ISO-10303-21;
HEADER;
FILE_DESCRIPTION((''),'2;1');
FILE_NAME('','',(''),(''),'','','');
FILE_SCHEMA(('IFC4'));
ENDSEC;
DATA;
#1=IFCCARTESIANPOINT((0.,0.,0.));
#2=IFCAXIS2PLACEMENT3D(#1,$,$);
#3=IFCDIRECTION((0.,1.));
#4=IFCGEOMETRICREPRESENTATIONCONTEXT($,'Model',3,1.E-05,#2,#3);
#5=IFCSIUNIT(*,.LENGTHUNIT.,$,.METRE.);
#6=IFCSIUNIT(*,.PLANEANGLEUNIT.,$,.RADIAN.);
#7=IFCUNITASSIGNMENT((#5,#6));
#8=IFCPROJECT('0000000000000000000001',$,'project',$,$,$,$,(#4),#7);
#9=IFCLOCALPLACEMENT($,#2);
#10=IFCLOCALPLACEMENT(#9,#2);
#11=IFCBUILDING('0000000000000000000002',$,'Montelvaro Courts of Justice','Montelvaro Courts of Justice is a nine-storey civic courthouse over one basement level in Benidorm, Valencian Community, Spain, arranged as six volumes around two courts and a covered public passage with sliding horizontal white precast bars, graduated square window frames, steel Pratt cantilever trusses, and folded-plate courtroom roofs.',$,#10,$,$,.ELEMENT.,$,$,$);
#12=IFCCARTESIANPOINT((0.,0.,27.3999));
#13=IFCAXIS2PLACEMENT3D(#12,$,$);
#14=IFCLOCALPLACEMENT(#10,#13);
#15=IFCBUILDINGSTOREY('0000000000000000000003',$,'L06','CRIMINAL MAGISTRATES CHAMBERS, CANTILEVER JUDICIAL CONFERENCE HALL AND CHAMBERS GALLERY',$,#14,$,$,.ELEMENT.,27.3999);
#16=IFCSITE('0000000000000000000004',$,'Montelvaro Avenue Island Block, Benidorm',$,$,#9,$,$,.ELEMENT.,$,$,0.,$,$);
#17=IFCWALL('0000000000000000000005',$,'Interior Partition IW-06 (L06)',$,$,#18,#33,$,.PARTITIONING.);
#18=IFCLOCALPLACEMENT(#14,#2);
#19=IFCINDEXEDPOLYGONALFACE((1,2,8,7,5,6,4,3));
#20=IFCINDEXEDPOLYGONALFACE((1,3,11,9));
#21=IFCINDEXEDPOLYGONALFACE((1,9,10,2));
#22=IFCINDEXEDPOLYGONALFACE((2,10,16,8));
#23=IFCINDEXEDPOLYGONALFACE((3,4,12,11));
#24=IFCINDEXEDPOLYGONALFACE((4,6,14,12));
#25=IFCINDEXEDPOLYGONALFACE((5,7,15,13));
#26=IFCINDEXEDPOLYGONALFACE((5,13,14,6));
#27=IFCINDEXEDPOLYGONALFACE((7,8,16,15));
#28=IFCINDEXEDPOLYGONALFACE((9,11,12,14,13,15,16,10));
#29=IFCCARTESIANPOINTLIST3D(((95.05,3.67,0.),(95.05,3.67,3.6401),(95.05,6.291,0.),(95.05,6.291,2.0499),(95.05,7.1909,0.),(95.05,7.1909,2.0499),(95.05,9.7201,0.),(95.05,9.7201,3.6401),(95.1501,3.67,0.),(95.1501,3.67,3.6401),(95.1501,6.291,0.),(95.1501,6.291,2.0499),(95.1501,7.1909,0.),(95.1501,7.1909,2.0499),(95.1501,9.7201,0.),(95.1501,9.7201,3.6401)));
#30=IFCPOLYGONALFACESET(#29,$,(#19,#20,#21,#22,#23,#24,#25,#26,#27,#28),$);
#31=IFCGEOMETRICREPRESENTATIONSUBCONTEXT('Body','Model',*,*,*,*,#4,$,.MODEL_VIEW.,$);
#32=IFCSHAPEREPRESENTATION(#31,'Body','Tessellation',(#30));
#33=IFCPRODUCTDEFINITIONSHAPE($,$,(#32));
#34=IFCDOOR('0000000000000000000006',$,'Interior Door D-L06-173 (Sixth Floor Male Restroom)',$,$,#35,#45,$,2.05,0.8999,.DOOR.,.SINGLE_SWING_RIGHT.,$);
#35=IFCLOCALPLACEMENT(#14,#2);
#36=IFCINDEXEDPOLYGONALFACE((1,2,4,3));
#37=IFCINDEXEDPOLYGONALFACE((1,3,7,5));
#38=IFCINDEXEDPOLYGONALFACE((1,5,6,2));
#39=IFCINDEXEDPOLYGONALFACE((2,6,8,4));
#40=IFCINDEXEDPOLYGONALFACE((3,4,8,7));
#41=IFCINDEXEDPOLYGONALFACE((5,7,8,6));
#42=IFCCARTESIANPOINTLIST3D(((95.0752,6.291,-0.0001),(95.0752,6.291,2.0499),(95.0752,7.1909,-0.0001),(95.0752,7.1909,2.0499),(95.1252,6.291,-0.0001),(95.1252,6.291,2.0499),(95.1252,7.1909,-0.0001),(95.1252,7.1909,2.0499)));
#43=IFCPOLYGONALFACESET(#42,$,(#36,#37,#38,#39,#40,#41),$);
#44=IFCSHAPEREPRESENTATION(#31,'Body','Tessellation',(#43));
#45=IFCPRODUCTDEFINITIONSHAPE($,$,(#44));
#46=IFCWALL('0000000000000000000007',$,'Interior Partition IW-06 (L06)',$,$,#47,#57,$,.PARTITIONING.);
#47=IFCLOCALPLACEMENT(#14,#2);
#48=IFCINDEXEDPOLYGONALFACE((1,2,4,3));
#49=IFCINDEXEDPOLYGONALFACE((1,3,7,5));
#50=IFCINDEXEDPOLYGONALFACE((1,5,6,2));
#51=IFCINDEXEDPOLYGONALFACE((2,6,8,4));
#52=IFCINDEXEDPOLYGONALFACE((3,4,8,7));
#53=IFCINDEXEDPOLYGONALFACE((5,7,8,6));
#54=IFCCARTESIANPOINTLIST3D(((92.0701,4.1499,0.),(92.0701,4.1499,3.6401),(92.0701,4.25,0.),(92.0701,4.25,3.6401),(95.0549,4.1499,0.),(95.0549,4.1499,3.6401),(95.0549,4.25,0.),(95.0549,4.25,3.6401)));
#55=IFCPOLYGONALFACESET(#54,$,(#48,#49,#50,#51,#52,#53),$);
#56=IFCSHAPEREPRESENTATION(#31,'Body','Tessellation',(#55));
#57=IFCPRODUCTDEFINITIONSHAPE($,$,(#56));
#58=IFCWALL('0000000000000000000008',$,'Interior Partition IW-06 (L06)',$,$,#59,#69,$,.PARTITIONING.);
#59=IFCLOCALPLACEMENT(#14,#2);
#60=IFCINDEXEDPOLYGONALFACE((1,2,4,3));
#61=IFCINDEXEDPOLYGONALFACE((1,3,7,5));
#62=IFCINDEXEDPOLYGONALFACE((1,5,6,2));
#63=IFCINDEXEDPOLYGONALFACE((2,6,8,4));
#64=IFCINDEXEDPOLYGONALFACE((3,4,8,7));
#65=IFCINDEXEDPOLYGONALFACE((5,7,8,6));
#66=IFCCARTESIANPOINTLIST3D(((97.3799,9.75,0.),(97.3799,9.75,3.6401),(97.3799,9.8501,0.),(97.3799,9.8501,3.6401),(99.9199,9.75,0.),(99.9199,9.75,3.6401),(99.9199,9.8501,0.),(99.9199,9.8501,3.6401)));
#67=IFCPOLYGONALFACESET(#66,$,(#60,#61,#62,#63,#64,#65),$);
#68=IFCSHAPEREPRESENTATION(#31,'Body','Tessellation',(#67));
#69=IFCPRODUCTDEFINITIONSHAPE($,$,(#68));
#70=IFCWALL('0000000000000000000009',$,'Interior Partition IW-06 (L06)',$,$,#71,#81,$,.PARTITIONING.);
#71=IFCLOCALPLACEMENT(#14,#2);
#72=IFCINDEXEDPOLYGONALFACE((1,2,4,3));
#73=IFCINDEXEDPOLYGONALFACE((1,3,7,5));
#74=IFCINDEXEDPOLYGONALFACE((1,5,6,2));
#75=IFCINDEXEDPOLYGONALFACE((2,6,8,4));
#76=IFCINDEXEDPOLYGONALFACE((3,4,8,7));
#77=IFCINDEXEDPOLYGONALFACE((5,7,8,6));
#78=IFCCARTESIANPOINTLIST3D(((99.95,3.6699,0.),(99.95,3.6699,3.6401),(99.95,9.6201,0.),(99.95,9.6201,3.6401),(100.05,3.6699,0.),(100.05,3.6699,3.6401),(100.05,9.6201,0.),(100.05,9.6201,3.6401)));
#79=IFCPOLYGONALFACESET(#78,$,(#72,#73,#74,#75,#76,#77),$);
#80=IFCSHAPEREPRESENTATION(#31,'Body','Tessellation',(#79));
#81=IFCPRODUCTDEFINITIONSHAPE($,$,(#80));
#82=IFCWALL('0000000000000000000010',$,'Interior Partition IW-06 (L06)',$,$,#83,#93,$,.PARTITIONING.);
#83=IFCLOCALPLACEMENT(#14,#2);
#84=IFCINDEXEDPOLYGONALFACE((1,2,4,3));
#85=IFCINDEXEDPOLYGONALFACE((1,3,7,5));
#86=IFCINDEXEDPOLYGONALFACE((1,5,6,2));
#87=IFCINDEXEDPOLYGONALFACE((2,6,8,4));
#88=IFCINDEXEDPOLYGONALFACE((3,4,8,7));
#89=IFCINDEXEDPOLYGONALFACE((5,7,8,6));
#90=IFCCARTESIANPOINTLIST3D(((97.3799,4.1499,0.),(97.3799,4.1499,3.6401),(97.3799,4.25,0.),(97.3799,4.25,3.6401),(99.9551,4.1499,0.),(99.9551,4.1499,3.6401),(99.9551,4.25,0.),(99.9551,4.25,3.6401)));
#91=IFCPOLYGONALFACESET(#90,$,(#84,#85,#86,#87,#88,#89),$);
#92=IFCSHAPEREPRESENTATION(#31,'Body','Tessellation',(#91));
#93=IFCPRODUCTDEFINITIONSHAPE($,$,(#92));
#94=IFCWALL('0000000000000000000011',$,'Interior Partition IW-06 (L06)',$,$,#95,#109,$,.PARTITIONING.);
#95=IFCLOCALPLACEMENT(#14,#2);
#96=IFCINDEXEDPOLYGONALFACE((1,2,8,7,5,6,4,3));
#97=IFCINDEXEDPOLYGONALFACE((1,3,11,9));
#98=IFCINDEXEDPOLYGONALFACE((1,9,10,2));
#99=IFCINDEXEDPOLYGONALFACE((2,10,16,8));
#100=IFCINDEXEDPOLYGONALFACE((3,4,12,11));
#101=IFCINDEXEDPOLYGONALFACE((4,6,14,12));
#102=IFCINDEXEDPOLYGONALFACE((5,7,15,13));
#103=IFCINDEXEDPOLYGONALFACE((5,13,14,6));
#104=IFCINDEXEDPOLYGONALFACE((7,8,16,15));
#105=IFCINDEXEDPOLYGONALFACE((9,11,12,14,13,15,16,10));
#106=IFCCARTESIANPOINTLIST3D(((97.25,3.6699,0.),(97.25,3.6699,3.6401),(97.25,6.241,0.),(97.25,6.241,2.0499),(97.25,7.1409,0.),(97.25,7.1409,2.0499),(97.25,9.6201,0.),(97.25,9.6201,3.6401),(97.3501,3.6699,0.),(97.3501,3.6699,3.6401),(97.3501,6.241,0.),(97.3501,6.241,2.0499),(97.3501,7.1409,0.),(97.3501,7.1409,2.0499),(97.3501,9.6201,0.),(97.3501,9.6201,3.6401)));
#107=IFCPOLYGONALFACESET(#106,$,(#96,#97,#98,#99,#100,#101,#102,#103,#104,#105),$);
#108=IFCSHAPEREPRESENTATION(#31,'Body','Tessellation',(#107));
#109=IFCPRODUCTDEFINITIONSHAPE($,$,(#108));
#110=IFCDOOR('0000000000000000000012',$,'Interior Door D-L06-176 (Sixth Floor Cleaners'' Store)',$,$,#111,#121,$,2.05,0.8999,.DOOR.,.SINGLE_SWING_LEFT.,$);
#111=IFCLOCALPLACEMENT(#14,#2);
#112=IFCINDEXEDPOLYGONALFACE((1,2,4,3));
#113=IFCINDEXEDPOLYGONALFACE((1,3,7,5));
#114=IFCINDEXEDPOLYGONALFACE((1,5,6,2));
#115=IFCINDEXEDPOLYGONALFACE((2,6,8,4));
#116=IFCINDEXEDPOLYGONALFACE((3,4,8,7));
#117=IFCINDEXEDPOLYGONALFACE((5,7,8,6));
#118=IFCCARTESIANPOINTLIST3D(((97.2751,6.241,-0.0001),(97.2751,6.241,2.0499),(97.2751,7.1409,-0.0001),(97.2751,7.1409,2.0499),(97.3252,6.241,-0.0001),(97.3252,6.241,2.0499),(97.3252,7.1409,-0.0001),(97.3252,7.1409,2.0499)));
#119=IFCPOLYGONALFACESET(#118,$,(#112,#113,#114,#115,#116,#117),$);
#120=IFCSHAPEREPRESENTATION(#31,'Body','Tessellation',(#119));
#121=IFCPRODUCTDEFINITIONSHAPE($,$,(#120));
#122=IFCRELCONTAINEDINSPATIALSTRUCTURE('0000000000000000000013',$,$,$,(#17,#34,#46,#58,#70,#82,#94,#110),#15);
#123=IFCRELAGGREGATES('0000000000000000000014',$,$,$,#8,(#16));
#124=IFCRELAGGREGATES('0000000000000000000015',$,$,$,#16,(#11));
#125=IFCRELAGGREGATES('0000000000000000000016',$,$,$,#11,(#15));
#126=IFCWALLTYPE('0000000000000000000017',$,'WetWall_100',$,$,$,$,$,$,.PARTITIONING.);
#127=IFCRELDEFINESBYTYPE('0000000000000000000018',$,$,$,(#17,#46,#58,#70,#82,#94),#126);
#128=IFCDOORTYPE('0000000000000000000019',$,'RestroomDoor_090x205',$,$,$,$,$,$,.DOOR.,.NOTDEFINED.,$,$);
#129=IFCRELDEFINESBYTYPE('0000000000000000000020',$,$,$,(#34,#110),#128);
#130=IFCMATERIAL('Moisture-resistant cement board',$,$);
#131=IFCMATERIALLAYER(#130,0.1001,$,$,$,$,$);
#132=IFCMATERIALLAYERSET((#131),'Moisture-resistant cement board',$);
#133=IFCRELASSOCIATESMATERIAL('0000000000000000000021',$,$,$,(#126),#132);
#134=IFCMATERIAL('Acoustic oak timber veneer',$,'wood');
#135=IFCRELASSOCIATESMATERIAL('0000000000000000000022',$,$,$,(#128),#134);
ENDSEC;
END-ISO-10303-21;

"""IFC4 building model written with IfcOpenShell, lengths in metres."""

from ifc_helpers import new_model, si_unit, direction, frame, frame_2d, origin, place, context, subcontext, project, spatial, rectangle, extrude, material, layer, layer_set, type_object, element, fill, save


model = new_model("IFC4")

# Units and contexts
model_context = context("Model", 3, precision=1e-05, world=origin(), true_north=direction((0.0, 1.0)))
body_context = subcontext(model_context, "Body", "Model", "MODEL_VIEW")
ifc_project = project(units=[si_unit("LENGTHUNIT", "METRE"), si_unit("PLANEANGLEUNIT", "RADIAN")], contexts=[model_context])

# Site, building, storey
site_placement = place(None, origin())
site = spatial("IfcSite", under=ifc_project, at=site_placement, Name="Montelvaro Avenue Island Block, Benidorm", CompositionType="ELEMENT", RefElevation=0.0)
building_placement = place(site_placement, origin())
building = spatial("IfcBuilding", under=site, at=building_placement, Name="Montelvaro Courts of Justice", Description="Montelvaro Courts of Justice is a nine-storey civic courthouse over one basement level in Benidorm, Valencian Community, Spain, arranged as six volumes around two courts and a covered public passage with sliding horizontal white precast bars, graduated square window frames, steel Pratt cantilever trusses, and folded-plate courtroom roofs.", CompositionType="ELEMENT")
storey_placement = place(building_placement, frame((0.0, 0.0, 27.3999)))
storey = spatial("IfcBuildingStorey", under=building, at=storey_placement, Name="L06", Description="CRIMINAL MAGISTRATES CHAMBERS, CANTILEVER JUDICIAL CONFERENCE HALL AND CHAMBERS GALLERY", CompositionType="ELEMENT", Elevation=27.3999)

# Wall, opening, door
ifc_material_1 = material(Name="Moisture-resistant cement board")
ifc_layer_1 = layer(ifc_material_1, 0.1001)
ifc_layer_set_1 = layer_set([ifc_layer_1], Name="Moisture-resistant cement board")
wall_type_1 = type_object("IfcWallType", Name="WetWall_100", PredefinedType="PARTITIONING", material=ifc_layer_set_1)
wall_1_placement = place(storey_placement, frame((95.1001, 9.72, 0.0), z_axis=(0.0, 0.0, 1.0), x_axis=(0.0, -1.0, 0.0)))
wall_1 = element("IfcWall", 1, at=wall_1_placement, inside=storey, type_object=wall_type_1, Name="Interior Partition IW-06 (L06)", PredefinedType="PARTITIONING", context=body_context, shape_type="SweptSolid", body=[
    extrude(rectangle(XDim=6.05, YDim=0.1001, at=frame_2d((3.0249, 0.0))), origin(), (0.0, 0.0, 1.0), 3.6401),
])
opening_1_placement = place(wall_1_placement, frame((2.5291, 0.0, 0.0)))
opening_1 = element("IfcOpeningElement", 2, at=opening_1_placement, cuts=wall_1, PredefinedType="OPENING", context=body_context, shape_type="SweptSolid", body=[
    extrude(rectangle(XDim=0.8999, YDim=2.05, at=frame_2d((0.45, 1.0249))), frame((0.0, 0.0649, 0.0), z_axis=(0.0, -1.0, 0.0), x_axis=(1.0, 0.0, 0.0)), (0.0, 0.0, 1.0), 0.1299),
])
ifc_material_2 = material(Name="Acoustic oak timber veneer", Category="wood")
door_type = type_object("IfcDoorType", Name="RestroomDoor_090x205", OperationType="NOTDEFINED", PredefinedType="DOOR", material=ifc_material_2)
door_1_placement = place(opening_1_placement, frame((0.8999, 0.0, 0.0), z_axis=(0.0, 0.0, 1.0), x_axis=(-1.0, 0.0, 0.0)))
door_1 = element("IfcDoor", 3, at=door_1_placement, inside=storey, type_object=door_type, Name="Interior Door D-L06-173 (Sixth Floor Male Restroom)", OperationType="SINGLE_SWING_RIGHT", OverallHeight=2.05, OverallWidth=0.8999, PredefinedType="DOOR", context=body_context, shape_type="SweptSolid", body=[
    extrude(rectangle(XDim=0.8999, YDim=2.05, at=frame_2d((0.45, 1.0249))), frame((0.0, 0.0249, 0.0), z_axis=(0.0, -1.0, 0.0), x_axis=(1.0, 0.0, 0.0)), (0.0, 0.0, 1.0), 0.05),
])
fill(opening_1, door_1)

# Walls
wall_2_placement = place(storey_placement, frame((95.0549, 4.2, 0.0), z_axis=(0.0, 0.0, 1.0), x_axis=(-1.0, 0.0, 0.0)))
element("IfcWall", 4, at=wall_2_placement, inside=storey, type_object=wall_type_1, Name="Interior Partition IW-06 (L06)", PredefinedType="PARTITIONING", context=body_context, shape_type="SweptSolid", body=[
    extrude(rectangle(XDim=2.9849, YDim=0.1001, at=frame_2d((1.4924, 0.0))), origin(), (0.0, 0.0, 1.0), 3.6401),
])
wall_3_placement = place(storey_placement, frame((99.9199, 9.8, 0.0), z_axis=(0.0, 0.0, 1.0), x_axis=(-1.0, 0.0, 0.0)))
element("IfcWall", 5, at=wall_3_placement, inside=storey, type_object=wall_type_1, Name="Interior Partition IW-06 (L06)", PredefinedType="PARTITIONING", context=body_context, shape_type="SweptSolid", body=[
    extrude(rectangle(XDim=2.54, YDim=0.1001, at=frame_2d((1.27, 0.0))), origin(), (0.0, 0.0, 1.0), 3.6401),
])
wall_4_placement = place(storey_placement, frame((100.0, 9.6201, 0.0), z_axis=(0.0, 0.0, 1.0), x_axis=(0.0, -1.0, 0.0)))
element("IfcWall", 6, at=wall_4_placement, inside=storey, type_object=wall_type_1, Name="Interior Partition IW-06 (L06)", PredefinedType="PARTITIONING", context=body_context, shape_type="SweptSolid", body=[
    extrude(rectangle(XDim=5.9502, YDim=0.1001, at=frame_2d((2.9751, 0.0))), origin(), (0.0, 0.0, 1.0), 3.6401),
])
wall_5_placement = place(storey_placement, frame((99.9551, 4.2, 0.0), z_axis=(0.0, 0.0, 1.0), x_axis=(-1.0, 0.0, 0.0)))
element("IfcWall", 7, at=wall_5_placement, inside=storey, type_object=wall_type_1, Name="Interior Partition IW-06 (L06)", PredefinedType="PARTITIONING", context=body_context, shape_type="SweptSolid", body=[
    extrude(rectangle(XDim=2.5752, YDim=0.1001, at=frame_2d((1.2876, 0.0))), origin(), (0.0, 0.0, 1.0), 3.6401),
])

# Wall, opening, door
wall_6_placement = place(storey_placement, frame((97.3, 3.6699, 0.0), z_axis=(0.0, 0.0, 1.0), x_axis=(0.0, 1.0, 0.0)))
wall_6 = element("IfcWall", 8, at=wall_6_placement, inside=storey, type_object=wall_type_1, Name="Interior Partition IW-06 (L06)", PredefinedType="PARTITIONING", context=body_context, shape_type="SweptSolid", body=[
    extrude(rectangle(XDim=5.9502, YDim=0.1001, at=frame_2d((2.9751, 0.0))), origin(), (0.0, 0.0, 1.0), 3.6401),
])
opening_2_placement = place(wall_6_placement, frame((2.571, 0.0, 0.0)))
opening_2 = element("IfcOpeningElement", 9, at=opening_2_placement, cuts=wall_6, PredefinedType="OPENING", context=body_context, shape_type="SweptSolid", body=[
    extrude(rectangle(XDim=0.8999, YDim=2.05, at=frame_2d((0.45, 1.0249))), frame((0.0, 0.0649, 0.0), z_axis=(0.0, -1.0, 0.0), x_axis=(1.0, 0.0, 0.0)), (0.0, 0.0, 1.0), 0.1299),
])
door_2_placement = place(opening_2_placement, origin())
door_2 = element("IfcDoor", 10, at=door_2_placement, inside=storey, type_object=door_type, Name="Interior Door D-L06-176 (Sixth Floor Cleaners' Store)", OperationType="SINGLE_SWING_LEFT", OverallHeight=2.05, OverallWidth=0.8999, PredefinedType="DOOR", context=body_context, shape_type="SweptSolid", body=[
    extrude(rectangle(XDim=0.8999, YDim=2.05, at=frame_2d((0.45, 1.0249))), frame((0.0, 0.0249, 0.0), z_axis=(0.0, -1.0, 0.0), x_axis=(1.0, 0.0, 0.0)), (0.0, 0.0, 1.0), 0.05),
])
fill(opening_2, door_2)

save(model, "model.ifc")
